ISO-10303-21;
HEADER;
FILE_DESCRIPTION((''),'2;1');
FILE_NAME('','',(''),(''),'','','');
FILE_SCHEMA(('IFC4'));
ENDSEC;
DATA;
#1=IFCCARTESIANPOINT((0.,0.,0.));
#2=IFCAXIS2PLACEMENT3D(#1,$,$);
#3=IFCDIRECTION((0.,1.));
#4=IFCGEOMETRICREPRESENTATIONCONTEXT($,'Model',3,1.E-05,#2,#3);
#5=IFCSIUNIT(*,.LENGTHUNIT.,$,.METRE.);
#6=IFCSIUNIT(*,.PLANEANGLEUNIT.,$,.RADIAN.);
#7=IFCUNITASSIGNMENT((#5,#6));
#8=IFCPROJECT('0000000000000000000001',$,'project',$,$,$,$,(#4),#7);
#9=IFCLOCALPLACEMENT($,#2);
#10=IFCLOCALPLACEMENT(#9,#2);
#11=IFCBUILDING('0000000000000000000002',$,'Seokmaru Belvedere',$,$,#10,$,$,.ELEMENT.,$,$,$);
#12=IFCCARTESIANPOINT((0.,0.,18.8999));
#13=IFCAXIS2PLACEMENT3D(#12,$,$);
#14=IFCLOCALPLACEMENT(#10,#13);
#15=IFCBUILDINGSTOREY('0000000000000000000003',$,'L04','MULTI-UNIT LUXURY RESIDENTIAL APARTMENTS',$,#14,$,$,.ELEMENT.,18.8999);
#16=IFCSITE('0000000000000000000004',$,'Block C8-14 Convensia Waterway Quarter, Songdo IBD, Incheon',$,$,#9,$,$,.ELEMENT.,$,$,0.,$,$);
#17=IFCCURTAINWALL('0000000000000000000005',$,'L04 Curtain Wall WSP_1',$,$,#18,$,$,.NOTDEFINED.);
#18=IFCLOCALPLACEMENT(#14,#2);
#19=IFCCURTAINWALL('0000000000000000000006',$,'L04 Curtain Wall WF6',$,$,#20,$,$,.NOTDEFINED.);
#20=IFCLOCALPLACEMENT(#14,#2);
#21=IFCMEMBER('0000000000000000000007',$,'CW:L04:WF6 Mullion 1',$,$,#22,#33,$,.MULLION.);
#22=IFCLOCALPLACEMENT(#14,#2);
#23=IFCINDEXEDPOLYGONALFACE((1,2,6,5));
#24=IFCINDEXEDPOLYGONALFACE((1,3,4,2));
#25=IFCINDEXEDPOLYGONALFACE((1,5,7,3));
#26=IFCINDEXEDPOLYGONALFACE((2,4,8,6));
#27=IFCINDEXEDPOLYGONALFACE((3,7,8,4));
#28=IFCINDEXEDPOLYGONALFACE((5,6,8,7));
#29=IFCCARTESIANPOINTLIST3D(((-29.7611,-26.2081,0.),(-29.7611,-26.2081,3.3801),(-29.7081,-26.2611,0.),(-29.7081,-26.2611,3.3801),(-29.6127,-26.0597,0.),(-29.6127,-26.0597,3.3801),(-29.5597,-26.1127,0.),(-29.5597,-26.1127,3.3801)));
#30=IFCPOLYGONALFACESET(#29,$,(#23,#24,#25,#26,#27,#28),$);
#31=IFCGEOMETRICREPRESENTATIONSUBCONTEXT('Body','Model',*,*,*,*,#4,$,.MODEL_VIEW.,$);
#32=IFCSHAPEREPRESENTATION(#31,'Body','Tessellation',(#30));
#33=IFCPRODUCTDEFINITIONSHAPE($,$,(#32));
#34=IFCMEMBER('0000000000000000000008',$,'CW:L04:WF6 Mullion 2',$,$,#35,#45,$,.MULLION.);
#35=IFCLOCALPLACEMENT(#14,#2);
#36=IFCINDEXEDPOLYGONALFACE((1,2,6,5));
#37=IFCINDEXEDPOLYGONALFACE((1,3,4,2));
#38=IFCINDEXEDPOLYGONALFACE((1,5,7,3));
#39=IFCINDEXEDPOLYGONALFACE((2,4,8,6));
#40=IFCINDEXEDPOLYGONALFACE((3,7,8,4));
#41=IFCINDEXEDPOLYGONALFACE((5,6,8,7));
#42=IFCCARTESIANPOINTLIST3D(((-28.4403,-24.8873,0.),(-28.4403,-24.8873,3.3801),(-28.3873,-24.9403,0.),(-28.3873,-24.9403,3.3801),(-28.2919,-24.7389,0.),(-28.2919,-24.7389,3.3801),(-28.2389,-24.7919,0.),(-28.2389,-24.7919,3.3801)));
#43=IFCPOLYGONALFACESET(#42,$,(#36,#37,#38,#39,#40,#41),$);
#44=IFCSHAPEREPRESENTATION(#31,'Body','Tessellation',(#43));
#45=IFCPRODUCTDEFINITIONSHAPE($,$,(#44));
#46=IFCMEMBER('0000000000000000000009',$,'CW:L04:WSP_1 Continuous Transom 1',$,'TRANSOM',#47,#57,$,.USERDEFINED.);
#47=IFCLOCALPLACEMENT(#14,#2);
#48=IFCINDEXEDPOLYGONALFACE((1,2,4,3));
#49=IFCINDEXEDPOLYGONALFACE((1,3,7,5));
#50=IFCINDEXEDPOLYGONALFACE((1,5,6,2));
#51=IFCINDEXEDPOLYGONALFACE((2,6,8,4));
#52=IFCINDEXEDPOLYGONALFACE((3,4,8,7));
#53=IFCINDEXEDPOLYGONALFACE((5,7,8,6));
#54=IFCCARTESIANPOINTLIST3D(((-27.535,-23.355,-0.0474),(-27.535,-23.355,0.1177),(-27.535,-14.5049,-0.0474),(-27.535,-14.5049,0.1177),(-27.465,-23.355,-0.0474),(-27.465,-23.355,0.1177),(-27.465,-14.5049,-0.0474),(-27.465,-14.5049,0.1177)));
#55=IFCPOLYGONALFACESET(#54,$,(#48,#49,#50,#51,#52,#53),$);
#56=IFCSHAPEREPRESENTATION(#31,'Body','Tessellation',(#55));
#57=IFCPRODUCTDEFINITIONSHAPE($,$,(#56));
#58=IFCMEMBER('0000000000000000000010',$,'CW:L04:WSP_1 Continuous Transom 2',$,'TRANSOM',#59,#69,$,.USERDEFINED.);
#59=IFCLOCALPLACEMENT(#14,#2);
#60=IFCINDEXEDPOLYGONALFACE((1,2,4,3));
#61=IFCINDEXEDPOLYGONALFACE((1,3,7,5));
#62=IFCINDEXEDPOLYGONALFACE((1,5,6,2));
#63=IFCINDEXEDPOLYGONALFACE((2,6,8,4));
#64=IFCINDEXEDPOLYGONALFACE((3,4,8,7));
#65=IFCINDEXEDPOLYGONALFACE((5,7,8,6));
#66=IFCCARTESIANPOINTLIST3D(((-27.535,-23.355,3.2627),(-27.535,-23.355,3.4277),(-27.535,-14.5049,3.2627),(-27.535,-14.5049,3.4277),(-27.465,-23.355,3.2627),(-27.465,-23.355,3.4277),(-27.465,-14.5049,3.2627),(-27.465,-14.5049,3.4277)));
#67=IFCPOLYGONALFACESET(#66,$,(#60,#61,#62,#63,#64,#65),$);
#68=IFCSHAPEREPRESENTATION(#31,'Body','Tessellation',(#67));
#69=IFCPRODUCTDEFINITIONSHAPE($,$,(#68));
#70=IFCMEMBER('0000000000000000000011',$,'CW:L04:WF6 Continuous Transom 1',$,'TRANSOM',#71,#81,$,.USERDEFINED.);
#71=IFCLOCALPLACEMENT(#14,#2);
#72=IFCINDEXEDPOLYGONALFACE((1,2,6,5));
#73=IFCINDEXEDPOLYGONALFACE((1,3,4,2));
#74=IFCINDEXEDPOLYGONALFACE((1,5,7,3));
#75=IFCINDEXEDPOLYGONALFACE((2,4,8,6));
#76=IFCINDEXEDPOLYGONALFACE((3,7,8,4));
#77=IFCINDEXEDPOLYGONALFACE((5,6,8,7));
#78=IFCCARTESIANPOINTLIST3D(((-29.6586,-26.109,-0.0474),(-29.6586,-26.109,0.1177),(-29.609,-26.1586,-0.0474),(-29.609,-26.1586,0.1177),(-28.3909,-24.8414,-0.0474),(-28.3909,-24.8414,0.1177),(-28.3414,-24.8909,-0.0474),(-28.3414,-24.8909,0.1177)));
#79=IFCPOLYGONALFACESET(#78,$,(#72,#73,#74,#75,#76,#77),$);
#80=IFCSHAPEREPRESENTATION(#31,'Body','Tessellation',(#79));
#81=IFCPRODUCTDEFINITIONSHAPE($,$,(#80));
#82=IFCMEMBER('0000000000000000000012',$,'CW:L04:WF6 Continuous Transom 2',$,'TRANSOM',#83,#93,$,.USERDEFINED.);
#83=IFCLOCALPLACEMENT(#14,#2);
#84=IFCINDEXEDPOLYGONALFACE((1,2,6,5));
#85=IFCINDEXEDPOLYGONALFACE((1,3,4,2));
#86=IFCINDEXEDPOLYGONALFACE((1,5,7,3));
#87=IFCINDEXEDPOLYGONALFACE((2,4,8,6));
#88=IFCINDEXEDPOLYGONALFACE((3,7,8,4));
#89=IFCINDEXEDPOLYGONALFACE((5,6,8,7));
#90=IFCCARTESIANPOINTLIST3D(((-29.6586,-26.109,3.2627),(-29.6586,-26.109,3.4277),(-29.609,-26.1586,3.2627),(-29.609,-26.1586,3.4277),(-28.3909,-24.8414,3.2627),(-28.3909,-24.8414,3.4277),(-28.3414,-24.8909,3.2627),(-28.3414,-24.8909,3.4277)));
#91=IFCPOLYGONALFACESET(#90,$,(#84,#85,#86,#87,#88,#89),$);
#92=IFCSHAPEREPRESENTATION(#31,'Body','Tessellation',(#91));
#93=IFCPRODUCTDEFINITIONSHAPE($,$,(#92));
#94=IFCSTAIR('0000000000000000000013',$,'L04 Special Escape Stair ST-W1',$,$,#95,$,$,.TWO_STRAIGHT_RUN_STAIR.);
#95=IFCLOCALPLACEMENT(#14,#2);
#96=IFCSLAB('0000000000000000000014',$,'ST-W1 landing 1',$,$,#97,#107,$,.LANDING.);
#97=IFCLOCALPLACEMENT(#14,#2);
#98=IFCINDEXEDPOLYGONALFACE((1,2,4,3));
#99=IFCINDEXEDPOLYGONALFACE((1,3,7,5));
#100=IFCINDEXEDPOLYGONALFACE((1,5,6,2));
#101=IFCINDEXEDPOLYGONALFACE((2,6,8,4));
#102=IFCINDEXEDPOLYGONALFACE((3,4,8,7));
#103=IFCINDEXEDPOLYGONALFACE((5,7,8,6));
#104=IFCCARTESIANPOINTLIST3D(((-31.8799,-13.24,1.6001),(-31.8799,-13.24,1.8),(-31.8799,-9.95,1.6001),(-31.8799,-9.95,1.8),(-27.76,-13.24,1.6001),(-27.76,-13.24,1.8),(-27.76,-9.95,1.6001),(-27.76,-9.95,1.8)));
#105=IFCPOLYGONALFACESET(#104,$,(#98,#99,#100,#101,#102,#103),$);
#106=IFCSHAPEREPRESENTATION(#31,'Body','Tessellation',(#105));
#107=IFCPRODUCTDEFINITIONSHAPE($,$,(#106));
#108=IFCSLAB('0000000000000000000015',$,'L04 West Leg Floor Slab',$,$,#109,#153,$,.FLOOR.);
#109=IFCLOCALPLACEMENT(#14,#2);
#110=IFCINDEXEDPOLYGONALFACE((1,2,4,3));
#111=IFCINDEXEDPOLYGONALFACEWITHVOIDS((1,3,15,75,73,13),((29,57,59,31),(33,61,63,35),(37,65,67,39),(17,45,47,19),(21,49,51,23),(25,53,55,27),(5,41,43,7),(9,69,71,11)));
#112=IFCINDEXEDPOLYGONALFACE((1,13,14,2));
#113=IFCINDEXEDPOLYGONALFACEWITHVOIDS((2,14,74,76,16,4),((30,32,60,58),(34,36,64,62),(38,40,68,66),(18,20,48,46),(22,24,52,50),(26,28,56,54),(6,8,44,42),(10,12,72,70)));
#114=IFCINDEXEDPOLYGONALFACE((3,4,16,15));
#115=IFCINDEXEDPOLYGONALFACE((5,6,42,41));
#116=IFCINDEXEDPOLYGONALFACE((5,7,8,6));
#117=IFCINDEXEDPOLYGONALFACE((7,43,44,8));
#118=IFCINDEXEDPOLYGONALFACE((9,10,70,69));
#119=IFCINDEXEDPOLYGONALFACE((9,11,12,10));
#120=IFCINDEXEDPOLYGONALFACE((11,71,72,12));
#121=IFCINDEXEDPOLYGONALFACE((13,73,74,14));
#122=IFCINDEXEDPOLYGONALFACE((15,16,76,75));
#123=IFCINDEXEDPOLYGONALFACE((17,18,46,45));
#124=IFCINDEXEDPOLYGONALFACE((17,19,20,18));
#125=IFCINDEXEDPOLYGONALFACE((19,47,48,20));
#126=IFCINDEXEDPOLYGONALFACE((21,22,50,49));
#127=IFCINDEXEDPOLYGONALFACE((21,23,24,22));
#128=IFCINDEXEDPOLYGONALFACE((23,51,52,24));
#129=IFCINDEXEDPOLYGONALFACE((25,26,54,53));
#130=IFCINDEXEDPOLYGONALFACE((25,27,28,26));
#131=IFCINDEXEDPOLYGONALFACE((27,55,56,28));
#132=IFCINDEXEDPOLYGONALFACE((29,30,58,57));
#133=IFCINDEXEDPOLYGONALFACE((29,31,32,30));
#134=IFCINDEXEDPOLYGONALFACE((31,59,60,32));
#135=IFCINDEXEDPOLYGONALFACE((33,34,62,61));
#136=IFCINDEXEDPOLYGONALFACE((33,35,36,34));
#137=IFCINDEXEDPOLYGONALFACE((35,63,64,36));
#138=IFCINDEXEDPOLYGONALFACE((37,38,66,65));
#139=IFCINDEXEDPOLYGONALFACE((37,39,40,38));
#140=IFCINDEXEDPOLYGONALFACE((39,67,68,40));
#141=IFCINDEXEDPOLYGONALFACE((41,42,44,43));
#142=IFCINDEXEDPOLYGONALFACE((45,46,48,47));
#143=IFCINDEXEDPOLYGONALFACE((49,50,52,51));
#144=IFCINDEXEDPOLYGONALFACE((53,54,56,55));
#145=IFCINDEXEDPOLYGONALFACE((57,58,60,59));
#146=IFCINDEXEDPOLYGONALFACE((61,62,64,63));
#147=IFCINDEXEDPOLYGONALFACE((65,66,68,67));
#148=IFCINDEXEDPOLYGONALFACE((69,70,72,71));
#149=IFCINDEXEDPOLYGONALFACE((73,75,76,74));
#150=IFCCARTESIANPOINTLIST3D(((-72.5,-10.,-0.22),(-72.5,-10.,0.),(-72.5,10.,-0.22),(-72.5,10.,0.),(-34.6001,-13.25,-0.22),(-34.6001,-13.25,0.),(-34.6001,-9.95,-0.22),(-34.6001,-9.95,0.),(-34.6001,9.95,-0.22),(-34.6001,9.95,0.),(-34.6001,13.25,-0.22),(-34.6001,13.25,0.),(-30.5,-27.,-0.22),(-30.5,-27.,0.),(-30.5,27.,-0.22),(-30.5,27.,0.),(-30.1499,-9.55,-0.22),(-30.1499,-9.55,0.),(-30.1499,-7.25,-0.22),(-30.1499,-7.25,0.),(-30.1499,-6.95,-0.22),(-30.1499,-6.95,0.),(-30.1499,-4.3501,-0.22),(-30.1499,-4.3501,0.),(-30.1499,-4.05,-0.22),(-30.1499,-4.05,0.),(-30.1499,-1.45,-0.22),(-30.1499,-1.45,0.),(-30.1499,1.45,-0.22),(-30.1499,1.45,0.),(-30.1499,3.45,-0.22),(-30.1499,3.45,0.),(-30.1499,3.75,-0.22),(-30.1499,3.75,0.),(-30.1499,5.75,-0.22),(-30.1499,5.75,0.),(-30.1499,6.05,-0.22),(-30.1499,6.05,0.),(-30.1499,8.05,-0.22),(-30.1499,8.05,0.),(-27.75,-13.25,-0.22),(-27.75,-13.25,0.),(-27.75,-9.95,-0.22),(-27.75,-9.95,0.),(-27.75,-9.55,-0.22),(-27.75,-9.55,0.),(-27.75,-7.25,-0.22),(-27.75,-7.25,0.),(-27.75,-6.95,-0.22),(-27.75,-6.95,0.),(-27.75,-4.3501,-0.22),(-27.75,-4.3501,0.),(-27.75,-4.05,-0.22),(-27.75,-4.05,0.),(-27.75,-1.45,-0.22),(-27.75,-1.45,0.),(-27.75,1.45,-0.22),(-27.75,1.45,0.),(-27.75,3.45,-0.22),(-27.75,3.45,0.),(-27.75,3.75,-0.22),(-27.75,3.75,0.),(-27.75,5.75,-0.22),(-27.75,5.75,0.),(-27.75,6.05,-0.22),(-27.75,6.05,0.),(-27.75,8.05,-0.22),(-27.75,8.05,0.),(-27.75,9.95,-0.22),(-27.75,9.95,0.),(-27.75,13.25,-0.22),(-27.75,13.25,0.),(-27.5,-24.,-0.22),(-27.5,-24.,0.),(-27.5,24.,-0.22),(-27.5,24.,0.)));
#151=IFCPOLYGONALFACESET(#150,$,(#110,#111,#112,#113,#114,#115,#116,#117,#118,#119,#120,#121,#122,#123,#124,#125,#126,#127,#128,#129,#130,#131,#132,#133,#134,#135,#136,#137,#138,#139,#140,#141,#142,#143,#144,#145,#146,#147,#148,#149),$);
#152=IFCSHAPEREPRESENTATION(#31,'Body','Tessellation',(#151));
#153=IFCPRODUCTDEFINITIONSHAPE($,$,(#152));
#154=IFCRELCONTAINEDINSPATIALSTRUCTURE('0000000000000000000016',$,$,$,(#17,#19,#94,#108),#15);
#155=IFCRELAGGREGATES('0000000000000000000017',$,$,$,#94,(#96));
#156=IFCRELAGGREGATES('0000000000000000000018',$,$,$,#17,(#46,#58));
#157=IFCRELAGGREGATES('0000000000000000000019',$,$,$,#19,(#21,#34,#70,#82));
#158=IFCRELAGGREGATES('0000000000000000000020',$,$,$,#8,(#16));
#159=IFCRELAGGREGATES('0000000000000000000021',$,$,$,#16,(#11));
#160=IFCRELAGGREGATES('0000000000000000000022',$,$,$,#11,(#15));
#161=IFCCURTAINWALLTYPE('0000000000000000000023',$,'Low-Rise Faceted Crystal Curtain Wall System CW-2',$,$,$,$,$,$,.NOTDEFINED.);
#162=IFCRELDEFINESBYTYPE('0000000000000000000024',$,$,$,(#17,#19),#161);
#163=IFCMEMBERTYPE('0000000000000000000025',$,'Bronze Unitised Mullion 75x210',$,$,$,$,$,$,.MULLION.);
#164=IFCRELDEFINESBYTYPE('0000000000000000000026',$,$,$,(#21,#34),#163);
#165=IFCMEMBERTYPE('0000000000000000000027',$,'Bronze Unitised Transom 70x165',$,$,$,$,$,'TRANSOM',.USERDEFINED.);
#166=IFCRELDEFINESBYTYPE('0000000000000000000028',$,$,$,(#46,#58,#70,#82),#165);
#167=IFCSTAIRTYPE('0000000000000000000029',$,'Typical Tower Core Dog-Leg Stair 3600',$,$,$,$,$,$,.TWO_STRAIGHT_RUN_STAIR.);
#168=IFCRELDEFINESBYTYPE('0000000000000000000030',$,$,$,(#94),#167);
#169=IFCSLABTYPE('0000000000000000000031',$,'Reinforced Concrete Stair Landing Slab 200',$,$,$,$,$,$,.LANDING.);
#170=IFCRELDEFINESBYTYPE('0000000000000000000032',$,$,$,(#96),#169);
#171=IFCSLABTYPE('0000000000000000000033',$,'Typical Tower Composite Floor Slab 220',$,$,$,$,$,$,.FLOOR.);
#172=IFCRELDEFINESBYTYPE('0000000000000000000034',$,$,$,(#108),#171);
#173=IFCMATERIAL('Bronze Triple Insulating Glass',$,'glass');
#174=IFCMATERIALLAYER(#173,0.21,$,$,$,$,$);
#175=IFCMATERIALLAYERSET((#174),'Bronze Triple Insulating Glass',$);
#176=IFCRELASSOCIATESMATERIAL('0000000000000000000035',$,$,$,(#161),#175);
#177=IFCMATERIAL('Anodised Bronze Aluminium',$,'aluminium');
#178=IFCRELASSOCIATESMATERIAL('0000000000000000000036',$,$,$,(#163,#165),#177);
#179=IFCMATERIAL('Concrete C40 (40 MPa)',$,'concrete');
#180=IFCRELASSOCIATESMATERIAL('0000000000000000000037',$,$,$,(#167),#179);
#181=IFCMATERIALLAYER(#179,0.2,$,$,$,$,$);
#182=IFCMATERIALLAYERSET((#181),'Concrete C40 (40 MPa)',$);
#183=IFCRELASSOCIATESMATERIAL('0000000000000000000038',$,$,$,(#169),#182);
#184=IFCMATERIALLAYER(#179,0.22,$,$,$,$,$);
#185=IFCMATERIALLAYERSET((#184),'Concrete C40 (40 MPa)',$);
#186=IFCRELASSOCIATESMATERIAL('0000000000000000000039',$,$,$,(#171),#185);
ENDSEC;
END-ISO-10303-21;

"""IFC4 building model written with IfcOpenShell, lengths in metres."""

from ifc_helpers import new_model, si_unit, direction, frame, origin, origin_2d, place, context, subcontext, project, spatial, polyline, rectangle, outline, extrude, source, transform, mapped, material, layer, layer_set, material_profile, profile_set, type_object, type_shapes, element, aggregate, save


model = new_model("IFC4")

# Units and contexts
model_context = context("Model", 3, precision=1e-05, world=origin(), true_north=direction((0.0, 1.0)))
body_context = subcontext(model_context, "Body", "Model", "MODEL_VIEW")
ifc_project = project(units=[si_unit("LENGTHUNIT", "METRE"), si_unit("PLANEANGLEUNIT", "RADIAN")], contexts=[model_context])

# Site, building, storey
site_placement = place(None, origin())
site = spatial("IfcSite", under=ifc_project, at=site_placement, Name="Block C8-14 Convensia Waterway Quarter, Songdo IBD, Incheon", CompositionType="ELEMENT", RefElevation=0.0)
building_placement = place(site_placement, origin())
building = spatial("IfcBuilding", under=site, at=building_placement, Name="Seokmaru Belvedere", CompositionType="ELEMENT")
storey_placement = place(building_placement, frame((0.0, 0.0, 18.8999)))
storey = spatial("IfcBuildingStorey", under=building, at=storey_placement, Name="L04", Description="MULTI-UNIT LUXURY RESIDENTIAL APARTMENTS", CompositionType="ELEMENT", Elevation=18.8999)

# Curtain walls, members
ifc_material_1 = material(Name="Bronze Triple Insulating Glass", Category="glass")
ifc_layer_1 = layer(ifc_material_1, 0.21)
ifc_layer_set_1 = layer_set([ifc_layer_1], Name="Bronze Triple Insulating Glass")
curtain_wall_type = type_object("IfcCurtainWallType", Name="Low-Rise Faceted Crystal Curtain Wall System CW-2", PredefinedType="NOTDEFINED", material=ifc_layer_set_1)
curtain_wall_1_placement = place(storey_placement, origin())
curtain_wall_1 = element("IfcCurtainWall", 1, at=curtain_wall_1_placement, inside=storey, type_object=curtain_wall_type, Name="L04 Curtain Wall WSP_1", PredefinedType="NOTDEFINED")
ifc_material_2 = material(Name="Anodised Bronze Aluminium", Category="aluminium")
ifc_material_profile_1 = material_profile(ifc_material_2, rectangle(XDim=0.075, YDim=0.21, at=origin_2d()), Name="CW-M-75x210")
ifc_profile_set_1 = profile_set([ifc_material_profile_1], Name="Anodised Bronze Aluminium")
member_type_1 = type_object("IfcMemberType", Name="Bronze Unitised Mullion 75x210", PredefinedType="MULLION", material=ifc_profile_set_1)
shared_shape_1 = source(origin(), body_context, "Body", "SweptSolid", [
    extrude(rectangle(XDim=0.075, YDim=0.21, at=origin_2d()), origin(), (0.0, 0.0, 1.0), 3.3801),
])
type_shapes(member_type_1, [shared_shape_1])
curtain_wall_2_placement = place(storey_placement, origin())
curtain_wall_2 = element("IfcCurtainWall", 2, at=curtain_wall_2_placement, inside=storey, type_object=curtain_wall_type, Name="L04 Curtain Wall WF6", PredefinedType="NOTDEFINED")
member_1_placement = place(storey_placement, frame((-29.6604, -26.1604, 0.0), z_axis=(0.0, 0.0, 1.0), x_axis=(-0.707107, 0.707107, 0.0)))
member_1 = element("IfcMember", 3, at=member_1_placement, type_object=member_type_1, Name="CW:L04:WF6 Mullion 1", PredefinedType="MULLION", context=body_context, shape_type="MappedRepresentation", body=[
    mapped(shared_shape_1, transform((0.0, 0.0, 0.0), scale=1.0)),
])
member_2_placement = place(storey_placement, frame((-28.3396, -24.8396, 0.0), z_axis=(0.0, 0.0, 1.0), x_axis=(-0.707107, 0.707107, 0.0)))
member_2 = element("IfcMember", 4, at=member_2_placement, type_object=member_type_1, Name="CW:L04:WF6 Mullion 2", PredefinedType="MULLION", context=body_context, shape_type="MappedRepresentation", body=[
    mapped(shared_shape_1, transform((0.0, 0.0, 0.0), scale=1.0)),
])

# Members
ifc_material_profile_2 = material_profile(ifc_material_2, rectangle(XDim=0.0701, YDim=0.165, at=origin_2d()), Name="CW-T-70x165")
ifc_profile_set_2 = profile_set([ifc_material_profile_2], Name="Anodised Bronze Aluminium")
member_type_2 = type_object("IfcMemberType", Name="Bronze Unitised Transom 70x165", ElementType="TRANSOM", PredefinedType="USERDEFINED", material=ifc_profile_set_2)
shared_shape_2 = source(origin(), body_context, "Body", "SweptSolid", [
    extrude(rectangle(XDim=0.0701, YDim=0.165, at=origin_2d()), origin(), (0.0, 0.0, 1.0), 8.8501),
])
member_3_placement = place(storey_placement, frame((-27.5, -23.355, 0.0352), z_axis=(0.0, 1.0, 0.0), x_axis=(-1.0, 0.0, 0.0)))
member_3 = element("IfcMember", 5, at=member_3_placement, type_object=member_type_2, Name="CW:L04:WSP_1 Continuous Transom 1", ObjectType="TRANSOM", PredefinedType="USERDEFINED", context=body_context, shape_type="MappedRepresentation", body=[
    mapped(shared_shape_2, transform((0.0, 0.0, 0.0), scale=1.0)),
])
member_4_placement = place(storey_placement, frame((-27.5, -23.355, 3.3452), z_axis=(0.0, 1.0, 0.0), x_axis=(-1.0, 0.0, 0.0)))
member_4 = element("IfcMember", 6, at=member_4_placement, type_object=member_type_2, Name="CW:L04:WSP_1 Continuous Transom 2", ObjectType="TRANSOM", PredefinedType="USERDEFINED", context=body_context, shape_type="MappedRepresentation", body=[
    mapped(shared_shape_2, transform((0.0, 0.0, 0.0), scale=1.0)),
])
shared_shape_3 = source(origin(), body_context, "Body", "SweptSolid", [
    extrude(rectangle(XDim=0.0701, YDim=0.165, at=origin_2d()), origin(), (0.0, 0.0, 1.0), 1.7927),
])
type_shapes(member_type_2, [shared_shape_2, shared_shape_3])
member_5_placement = place(storey_placement, frame((-29.6338, -26.1338, 0.0352), z_axis=(0.707107, 0.707107, 0.0), x_axis=(-0.707107, 0.707107, 0.0)))
member_5 = element("IfcMember", 7, at=member_5_placement, type_object=member_type_2, Name="CW:L04:WF6 Continuous Transom 1", ObjectType="TRANSOM", PredefinedType="USERDEFINED", context=body_context, shape_type="MappedRepresentation", body=[
    mapped(shared_shape_3, transform((0.0, 0.0, 0.0), scale=1.0)),
])
member_6_placement = place(storey_placement, frame((-29.6338, -26.1338, 3.3452), z_axis=(0.707107, 0.707107, 0.0), x_axis=(-0.707107, 0.707107, 0.0)))
member_6 = element("IfcMember", 8, at=member_6_placement, type_object=member_type_2, Name="CW:L04:WF6 Continuous Transom 2", ObjectType="TRANSOM", PredefinedType="USERDEFINED", context=body_context, shape_type="MappedRepresentation", body=[
    mapped(shared_shape_3, transform((0.0, 0.0, 0.0), scale=1.0)),
])

# Stair, slab
ifc_material_3 = material(Name="Concrete C40 (40 MPa)", Category="concrete")
stair_type = type_object("IfcStairType", Name="Typical Tower Core Dog-Leg Stair 3600", PredefinedType="TWO_STRAIGHT_RUN_STAIR", material=ifc_material_3)
stair_placement = place(storey_placement, origin())
stair = element("IfcStair", 9, at=stair_placement, inside=storey, type_object=stair_type, Name="L04 Special Escape Stair ST-W1", PredefinedType="TWO_STRAIGHT_RUN_STAIR")
ifc_layer_2 = layer(ifc_material_3, 0.2)
ifc_layer_set_2 = layer_set([ifc_layer_2], Name="Concrete C40 (40 MPa)")
slab_type_1 = type_object("IfcSlabType", Name="Reinforced Concrete Stair Landing Slab 200", PredefinedType="LANDING", material=ifc_layer_set_2)
slab_1_placement = place(storey_placement, frame((0.0, 0.0, 1.6001)))
slab_1 = element("IfcSlab", 10, at=slab_1_placement, type_object=slab_type_1, Name="ST-W1 landing 1", PredefinedType="LANDING", context=body_context, shape_type="SweptSolid", body=[
    extrude(outline(polyline([(-31.8799, -13.24), (-27.76, -13.24), (-27.76, -9.95), (-31.8799, -9.95), (-31.8799, -13.24)])), origin(), (0.0, 0.0, 1.0), 0.2),
])
aggregate(stair, [slab_1])

# Slab
ifc_layer_3 = layer(ifc_material_3, 0.22)
ifc_layer_set_3 = layer_set([ifc_layer_3], Name="Concrete C40 (40 MPa)")
slab_type_2 = type_object("IfcSlabType", Name="Typical Tower Composite Floor Slab 220", PredefinedType="FLOOR", material=ifc_layer_set_3)
slab_2_placement = place(storey_placement, frame((0.0, 0.0, -0.22)))
element("IfcSlab", 11, at=slab_2_placement, inside=storey, type_object=slab_type_2, Name="L04 West Leg Floor Slab", PredefinedType="FLOOR", context=body_context, shape_type="SweptSolid", body=[
    extrude(outline(polyline([(-27.5, -24.0), (-27.5, 24.0), (-30.5, 27.0), (-72.5, 10.0), (-72.5, -10.0), (-30.5, -27.0), (-27.5, -24.0)]), holes=[polyline([(-34.6001, -13.25), (-27.75, -13.25), (-27.75, -9.95), (-34.6001, -9.95), (-34.6001, -13.25)]), polyline([(-34.6001, 9.95), (-27.75, 9.95), (-27.75, 13.25), (-34.6001, 13.25), (-34.6001, 9.95)]), polyline([(-30.1499, -9.55), (-27.75, -9.55), (-27.75, -7.25), (-30.1499, -7.25), (-30.1499, -9.55)]), polyline([(-30.1499, -6.95), (-27.75, -6.95), (-27.75, -4.3501), (-30.1499, -4.3501), (-30.1499, -6.95)]), polyline([(-30.1499, -4.05), (-27.75, -4.05), (-27.75, -1.45), (-30.1499, -1.45), (-30.1499, -4.05)]), polyline([(-30.1499, 1.45), (-27.75, 1.45), (-27.75, 3.45), (-30.1499, 3.45), (-30.1499, 1.45)]), polyline([(-30.1499, 3.75), (-27.75, 3.75), (-27.75, 5.75), (-30.1499, 5.75), (-30.1499, 3.75)]), polyline([(-30.1499, 6.05), (-27.75, 6.05), (-27.75, 8.05), (-30.1499, 8.05), (-30.1499, 6.05)])]), origin(), (0.0, 0.0, 1.0), 0.22),
])

aggregate(curtain_wall_1, [member_3, member_4])
aggregate(curtain_wall_2, [member_1, member_2, member_5, member_6])

save(model, "model.ifc")
